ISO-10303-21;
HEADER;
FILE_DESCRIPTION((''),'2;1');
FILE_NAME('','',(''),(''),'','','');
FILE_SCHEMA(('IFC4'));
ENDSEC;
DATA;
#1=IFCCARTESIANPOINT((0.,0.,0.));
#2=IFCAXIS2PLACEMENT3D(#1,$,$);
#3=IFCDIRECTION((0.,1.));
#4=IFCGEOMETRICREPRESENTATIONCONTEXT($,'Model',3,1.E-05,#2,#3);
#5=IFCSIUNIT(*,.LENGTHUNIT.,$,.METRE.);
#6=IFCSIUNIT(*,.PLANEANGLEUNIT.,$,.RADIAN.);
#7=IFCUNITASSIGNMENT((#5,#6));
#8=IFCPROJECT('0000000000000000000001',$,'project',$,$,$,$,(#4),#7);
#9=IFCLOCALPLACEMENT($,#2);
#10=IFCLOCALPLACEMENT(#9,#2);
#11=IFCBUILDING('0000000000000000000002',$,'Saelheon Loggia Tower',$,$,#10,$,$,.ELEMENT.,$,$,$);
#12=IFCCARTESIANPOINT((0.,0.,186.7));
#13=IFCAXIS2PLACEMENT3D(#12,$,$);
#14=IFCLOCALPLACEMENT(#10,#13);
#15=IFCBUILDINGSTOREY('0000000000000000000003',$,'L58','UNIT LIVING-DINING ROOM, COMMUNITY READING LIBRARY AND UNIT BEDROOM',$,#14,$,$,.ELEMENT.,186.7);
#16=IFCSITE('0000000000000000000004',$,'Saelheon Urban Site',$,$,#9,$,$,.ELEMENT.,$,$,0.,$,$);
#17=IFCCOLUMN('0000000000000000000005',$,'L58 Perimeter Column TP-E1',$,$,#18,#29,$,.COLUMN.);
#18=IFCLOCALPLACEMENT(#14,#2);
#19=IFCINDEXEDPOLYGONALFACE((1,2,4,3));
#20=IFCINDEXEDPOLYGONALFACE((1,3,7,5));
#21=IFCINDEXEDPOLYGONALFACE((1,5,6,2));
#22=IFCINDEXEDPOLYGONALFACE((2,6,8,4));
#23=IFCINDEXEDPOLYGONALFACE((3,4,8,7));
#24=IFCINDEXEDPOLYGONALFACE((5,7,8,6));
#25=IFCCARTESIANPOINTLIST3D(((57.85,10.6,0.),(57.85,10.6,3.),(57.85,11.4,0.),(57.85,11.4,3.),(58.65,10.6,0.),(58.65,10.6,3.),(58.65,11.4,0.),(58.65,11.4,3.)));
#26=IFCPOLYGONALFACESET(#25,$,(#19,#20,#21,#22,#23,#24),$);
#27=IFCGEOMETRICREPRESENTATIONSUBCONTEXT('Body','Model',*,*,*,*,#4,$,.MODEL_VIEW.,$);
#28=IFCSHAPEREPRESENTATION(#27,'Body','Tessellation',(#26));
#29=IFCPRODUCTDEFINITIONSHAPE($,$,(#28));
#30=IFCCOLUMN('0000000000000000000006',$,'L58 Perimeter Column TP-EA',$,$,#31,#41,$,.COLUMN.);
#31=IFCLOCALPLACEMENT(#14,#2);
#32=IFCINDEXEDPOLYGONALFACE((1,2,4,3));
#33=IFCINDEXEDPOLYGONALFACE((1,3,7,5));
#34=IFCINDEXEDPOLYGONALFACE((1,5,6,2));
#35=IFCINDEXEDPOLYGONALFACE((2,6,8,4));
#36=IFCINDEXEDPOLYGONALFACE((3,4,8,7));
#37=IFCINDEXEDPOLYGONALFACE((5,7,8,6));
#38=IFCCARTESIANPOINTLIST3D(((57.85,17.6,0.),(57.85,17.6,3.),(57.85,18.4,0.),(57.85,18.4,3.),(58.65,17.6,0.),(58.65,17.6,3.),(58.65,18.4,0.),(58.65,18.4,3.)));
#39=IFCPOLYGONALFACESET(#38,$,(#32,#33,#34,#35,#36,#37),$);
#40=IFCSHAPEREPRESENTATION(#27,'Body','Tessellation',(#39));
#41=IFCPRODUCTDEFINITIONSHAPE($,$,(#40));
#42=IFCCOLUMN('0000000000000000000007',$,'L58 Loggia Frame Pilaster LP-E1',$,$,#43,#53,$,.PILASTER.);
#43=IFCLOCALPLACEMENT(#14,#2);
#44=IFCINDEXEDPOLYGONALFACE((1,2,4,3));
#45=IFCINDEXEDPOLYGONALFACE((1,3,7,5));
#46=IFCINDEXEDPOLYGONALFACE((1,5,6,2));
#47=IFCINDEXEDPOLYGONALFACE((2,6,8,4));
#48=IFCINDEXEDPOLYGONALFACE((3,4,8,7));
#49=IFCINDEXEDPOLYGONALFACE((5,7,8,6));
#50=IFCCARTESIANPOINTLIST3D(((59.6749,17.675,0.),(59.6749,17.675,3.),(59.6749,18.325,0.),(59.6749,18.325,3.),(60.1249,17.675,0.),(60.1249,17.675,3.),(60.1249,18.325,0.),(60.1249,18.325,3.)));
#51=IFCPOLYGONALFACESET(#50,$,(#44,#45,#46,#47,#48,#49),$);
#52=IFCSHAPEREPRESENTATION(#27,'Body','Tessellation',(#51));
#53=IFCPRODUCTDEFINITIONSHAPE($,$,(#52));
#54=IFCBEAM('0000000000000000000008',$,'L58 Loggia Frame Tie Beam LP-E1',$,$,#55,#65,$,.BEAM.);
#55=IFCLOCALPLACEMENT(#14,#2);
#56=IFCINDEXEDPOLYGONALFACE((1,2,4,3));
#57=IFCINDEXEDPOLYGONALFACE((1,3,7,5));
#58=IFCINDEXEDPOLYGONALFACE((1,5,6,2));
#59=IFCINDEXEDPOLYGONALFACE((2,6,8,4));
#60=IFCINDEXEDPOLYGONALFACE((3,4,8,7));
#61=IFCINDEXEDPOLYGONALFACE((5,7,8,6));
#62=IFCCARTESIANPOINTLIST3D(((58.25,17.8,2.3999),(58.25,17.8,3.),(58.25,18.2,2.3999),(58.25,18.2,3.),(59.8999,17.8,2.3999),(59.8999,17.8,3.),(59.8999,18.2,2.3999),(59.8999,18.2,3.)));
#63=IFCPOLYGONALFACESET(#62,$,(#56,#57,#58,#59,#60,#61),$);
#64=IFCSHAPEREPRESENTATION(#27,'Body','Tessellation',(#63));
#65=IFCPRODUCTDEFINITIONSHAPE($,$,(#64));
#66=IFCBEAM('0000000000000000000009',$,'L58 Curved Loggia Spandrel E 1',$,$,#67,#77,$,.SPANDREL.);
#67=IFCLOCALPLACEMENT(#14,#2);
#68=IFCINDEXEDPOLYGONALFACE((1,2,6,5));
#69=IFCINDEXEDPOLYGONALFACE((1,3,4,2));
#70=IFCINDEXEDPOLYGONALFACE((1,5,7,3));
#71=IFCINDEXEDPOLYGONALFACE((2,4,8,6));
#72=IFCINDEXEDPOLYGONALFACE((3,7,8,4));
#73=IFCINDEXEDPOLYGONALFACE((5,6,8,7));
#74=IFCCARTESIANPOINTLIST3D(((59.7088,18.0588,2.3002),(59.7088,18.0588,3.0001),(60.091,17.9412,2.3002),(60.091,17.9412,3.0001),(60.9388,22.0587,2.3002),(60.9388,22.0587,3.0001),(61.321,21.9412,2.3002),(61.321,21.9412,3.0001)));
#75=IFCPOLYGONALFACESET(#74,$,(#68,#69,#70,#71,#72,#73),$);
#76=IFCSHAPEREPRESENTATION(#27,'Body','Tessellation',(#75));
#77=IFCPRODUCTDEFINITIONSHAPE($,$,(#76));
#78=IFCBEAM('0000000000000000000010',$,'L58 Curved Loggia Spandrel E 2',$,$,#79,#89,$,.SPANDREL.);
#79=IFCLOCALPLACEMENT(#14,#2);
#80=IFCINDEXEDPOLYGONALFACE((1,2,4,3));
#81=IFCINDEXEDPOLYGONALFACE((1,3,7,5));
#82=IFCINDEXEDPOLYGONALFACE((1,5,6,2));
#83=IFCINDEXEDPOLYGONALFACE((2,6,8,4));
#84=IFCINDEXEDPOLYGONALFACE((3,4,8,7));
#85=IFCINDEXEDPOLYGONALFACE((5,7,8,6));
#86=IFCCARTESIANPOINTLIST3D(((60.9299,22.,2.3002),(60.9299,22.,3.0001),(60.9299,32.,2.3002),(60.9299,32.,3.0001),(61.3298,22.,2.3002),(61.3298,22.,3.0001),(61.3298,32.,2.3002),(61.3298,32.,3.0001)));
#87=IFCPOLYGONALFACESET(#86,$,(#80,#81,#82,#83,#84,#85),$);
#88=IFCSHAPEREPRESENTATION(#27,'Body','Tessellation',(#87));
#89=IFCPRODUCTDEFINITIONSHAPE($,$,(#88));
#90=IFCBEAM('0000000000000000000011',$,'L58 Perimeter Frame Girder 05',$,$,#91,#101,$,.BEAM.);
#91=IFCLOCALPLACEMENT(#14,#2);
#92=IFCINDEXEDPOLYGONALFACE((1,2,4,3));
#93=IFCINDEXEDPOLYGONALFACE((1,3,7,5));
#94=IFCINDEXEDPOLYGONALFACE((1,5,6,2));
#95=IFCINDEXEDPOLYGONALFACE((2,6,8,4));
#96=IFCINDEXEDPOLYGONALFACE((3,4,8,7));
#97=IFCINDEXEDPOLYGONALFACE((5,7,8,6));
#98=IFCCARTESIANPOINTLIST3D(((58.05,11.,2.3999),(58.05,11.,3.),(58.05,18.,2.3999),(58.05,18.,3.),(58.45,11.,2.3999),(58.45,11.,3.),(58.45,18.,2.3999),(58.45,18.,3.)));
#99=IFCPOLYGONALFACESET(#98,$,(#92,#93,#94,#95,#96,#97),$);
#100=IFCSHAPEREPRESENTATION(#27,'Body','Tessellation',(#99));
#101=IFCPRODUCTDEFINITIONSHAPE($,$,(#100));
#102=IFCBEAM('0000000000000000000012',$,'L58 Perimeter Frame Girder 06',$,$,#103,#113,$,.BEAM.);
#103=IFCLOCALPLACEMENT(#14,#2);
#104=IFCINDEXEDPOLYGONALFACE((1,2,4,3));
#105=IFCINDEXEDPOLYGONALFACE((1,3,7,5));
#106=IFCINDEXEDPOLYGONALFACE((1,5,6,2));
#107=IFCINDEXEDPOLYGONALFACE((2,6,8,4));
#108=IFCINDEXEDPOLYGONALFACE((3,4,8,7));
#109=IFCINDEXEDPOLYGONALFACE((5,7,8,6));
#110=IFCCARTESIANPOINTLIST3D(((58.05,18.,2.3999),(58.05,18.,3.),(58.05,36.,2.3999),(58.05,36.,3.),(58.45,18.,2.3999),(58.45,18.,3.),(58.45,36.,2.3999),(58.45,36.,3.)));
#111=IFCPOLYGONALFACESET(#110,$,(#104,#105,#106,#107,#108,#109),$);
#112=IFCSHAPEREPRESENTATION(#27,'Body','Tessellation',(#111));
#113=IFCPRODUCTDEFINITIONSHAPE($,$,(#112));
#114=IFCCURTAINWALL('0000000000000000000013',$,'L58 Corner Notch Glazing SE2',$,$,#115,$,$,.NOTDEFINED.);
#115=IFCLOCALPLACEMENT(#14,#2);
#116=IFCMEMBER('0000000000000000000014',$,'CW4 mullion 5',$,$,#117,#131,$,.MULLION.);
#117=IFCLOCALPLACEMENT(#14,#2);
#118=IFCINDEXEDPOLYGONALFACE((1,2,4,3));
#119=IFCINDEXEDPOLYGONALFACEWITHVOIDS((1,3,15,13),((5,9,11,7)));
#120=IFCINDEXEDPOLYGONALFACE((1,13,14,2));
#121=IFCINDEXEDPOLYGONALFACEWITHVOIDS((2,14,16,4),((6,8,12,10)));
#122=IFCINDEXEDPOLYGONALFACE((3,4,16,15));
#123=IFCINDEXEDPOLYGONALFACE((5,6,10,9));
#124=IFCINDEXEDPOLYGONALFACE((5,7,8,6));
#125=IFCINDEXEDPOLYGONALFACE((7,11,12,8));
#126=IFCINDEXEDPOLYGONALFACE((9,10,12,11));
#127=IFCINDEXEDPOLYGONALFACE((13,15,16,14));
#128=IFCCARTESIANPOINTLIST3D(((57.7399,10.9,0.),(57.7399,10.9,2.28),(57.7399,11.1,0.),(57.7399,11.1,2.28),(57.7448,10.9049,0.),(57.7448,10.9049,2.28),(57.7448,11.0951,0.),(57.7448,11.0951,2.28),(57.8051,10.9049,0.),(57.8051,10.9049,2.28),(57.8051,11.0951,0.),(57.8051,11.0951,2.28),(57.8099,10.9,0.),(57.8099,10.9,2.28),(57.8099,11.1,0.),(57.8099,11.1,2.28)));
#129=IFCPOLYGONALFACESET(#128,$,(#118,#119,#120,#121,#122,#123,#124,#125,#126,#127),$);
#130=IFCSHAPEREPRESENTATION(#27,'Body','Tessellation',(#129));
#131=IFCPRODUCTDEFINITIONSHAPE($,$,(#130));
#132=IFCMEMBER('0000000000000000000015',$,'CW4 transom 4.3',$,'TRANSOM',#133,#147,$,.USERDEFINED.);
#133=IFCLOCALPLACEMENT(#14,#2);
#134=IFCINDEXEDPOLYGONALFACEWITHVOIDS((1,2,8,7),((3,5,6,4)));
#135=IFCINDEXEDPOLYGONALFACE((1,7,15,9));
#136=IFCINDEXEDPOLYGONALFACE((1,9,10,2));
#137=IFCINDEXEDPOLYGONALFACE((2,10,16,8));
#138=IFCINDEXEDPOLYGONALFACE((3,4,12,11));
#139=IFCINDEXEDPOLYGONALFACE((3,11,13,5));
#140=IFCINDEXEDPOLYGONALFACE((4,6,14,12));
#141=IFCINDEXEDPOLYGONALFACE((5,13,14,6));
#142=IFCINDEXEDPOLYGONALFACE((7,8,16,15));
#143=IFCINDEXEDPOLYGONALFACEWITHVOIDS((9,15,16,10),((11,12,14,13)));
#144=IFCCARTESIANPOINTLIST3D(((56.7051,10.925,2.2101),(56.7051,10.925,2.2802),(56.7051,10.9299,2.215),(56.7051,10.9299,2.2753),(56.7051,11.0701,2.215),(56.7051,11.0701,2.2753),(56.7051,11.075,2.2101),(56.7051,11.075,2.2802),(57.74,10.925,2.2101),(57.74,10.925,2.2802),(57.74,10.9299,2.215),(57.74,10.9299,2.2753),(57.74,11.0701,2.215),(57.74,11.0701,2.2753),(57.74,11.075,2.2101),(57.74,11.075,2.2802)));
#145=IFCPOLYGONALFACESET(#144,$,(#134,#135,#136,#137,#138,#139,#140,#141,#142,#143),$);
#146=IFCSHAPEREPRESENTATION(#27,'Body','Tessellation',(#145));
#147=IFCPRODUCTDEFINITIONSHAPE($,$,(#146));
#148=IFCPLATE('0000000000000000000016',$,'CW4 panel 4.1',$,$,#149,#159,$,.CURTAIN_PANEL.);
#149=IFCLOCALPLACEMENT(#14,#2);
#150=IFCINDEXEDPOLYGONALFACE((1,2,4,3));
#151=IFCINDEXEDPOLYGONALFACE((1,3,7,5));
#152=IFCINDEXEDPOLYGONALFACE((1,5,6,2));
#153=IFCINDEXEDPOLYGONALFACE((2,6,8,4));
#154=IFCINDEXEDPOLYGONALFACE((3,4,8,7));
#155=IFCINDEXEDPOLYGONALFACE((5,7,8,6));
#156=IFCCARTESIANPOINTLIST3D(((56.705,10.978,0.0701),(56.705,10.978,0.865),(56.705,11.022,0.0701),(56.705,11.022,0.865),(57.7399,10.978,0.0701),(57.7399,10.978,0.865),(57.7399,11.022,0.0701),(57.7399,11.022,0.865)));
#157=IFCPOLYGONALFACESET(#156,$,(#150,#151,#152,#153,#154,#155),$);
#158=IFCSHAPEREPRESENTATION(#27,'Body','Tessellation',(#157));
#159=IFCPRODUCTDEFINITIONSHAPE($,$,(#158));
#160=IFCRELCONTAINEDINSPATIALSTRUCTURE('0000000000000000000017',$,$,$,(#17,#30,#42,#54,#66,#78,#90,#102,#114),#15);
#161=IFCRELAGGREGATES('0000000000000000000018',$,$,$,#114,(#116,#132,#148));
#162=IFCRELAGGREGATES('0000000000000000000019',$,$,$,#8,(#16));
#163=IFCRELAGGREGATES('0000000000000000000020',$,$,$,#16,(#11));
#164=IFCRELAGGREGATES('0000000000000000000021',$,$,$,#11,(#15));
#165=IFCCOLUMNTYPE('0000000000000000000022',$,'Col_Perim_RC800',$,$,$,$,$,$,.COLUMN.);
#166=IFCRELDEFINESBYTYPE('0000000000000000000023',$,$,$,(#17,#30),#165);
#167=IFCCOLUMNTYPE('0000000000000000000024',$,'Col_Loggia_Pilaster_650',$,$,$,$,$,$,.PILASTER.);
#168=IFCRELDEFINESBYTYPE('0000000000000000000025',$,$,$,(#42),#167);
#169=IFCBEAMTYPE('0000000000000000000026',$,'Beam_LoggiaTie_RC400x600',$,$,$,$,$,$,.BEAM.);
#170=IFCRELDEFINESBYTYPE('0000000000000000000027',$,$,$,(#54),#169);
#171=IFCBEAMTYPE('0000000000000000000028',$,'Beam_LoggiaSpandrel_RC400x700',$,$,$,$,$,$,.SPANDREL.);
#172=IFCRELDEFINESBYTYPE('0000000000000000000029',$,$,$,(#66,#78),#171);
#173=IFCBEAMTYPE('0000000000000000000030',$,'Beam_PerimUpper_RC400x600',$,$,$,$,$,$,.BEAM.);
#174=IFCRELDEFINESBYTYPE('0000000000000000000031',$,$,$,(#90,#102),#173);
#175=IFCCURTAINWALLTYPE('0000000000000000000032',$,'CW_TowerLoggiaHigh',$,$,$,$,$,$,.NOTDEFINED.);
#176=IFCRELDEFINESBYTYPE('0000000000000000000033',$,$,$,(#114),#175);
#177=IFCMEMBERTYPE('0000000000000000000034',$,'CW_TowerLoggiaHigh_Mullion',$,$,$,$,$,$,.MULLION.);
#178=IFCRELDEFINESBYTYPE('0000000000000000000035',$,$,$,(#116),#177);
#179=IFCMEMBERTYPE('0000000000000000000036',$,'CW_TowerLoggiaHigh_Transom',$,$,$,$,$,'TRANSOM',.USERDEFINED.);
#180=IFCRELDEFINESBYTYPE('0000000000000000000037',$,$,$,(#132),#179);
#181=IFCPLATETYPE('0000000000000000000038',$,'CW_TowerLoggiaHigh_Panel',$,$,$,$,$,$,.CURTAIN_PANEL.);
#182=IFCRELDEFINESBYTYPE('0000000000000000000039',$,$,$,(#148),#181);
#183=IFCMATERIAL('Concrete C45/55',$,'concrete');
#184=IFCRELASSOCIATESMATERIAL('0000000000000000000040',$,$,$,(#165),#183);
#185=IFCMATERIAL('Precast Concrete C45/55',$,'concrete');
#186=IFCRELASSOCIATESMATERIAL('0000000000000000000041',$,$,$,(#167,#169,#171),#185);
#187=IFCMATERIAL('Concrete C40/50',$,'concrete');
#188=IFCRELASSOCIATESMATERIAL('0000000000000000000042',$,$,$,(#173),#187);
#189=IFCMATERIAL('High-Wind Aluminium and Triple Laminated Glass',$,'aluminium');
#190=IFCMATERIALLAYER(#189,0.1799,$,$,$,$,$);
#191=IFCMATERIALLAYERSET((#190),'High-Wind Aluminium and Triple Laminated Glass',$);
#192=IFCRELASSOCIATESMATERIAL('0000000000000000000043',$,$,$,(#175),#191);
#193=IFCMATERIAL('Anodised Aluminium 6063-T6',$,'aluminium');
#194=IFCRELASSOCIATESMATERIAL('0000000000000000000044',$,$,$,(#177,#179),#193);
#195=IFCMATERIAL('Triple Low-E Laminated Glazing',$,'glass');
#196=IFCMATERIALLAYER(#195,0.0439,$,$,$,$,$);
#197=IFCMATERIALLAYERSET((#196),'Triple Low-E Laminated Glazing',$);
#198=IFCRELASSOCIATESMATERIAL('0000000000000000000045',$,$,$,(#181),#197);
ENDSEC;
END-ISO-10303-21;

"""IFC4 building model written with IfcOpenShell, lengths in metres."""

from ifc_helpers import new_model, si_unit, direction, frame, origin, origin_2d, place, context, subcontext, project, spatial, rectangle, hollow_rectangle, extrude, source, transform, mapped, material, layer, layer_set, material_profile, profile_set, type_object, element, aggregate, save


model = new_model("IFC4")

# Units and contexts
model_context = context("Model", 3, precision=1e-05, world=origin(), true_north=direction((0.0, 1.0)))
body_context = subcontext(model_context, "Body", "Model", "MODEL_VIEW")
ifc_project = project(units=[si_unit("LENGTHUNIT", "METRE"), si_unit("PLANEANGLEUNIT", "RADIAN")], contexts=[model_context])

# Site, building, storey
site_placement = place(None, origin())
site = spatial("IfcSite", under=ifc_project, at=site_placement, Name="Saelheon Urban Site", CompositionType="ELEMENT", RefElevation=0.0)
building_placement = place(site_placement, origin())
building = spatial("IfcBuilding", under=site, at=building_placement, Name="Saelheon Loggia Tower", CompositionType="ELEMENT")
storey_placement = place(building_placement, frame((0.0, 0.0, 186.7)))
storey = spatial("IfcBuildingStorey", under=building, at=storey_placement, Name="L58", Description="UNIT LIVING-DINING ROOM, COMMUNITY READING LIBRARY AND UNIT BEDROOM", CompositionType="ELEMENT", Elevation=186.7)

# Columns
ifc_material_1 = material(Name="Concrete C45/55", Category="concrete")
ifc_material_profile_1 = material_profile(ifc_material_1, rectangle(XDim=0.8, YDim=0.8, at=origin_2d()), Name="RC-800x800")
ifc_profile_set_1 = profile_set([ifc_material_profile_1], Name="Concrete C45/55")
column_type_1 = type_object("IfcColumnType", Name="Col_Perim_RC800", PredefinedType="COLUMN", material=ifc_profile_set_1)
shared_shape_1 = source(origin(), body_context, "Body", "SweptSolid", [
    extrude(rectangle(XDim=0.8, YDim=0.8, at=origin_2d()), origin(), (0.0, 0.0, 1.0), 3.0),
])
for number, where, z_axis, x_axis, name in (
    (1, (58.25, 11.0, 0.0), (0.0, 0.0, 1.0), (1.0, 0.0, 0.0), "L58 Perimeter Column TP-E1"),
    (2, (58.25, 18.0, 0.0), (0.0, 0.0, 1.0), (1.0, 0.0, 0.0), "L58 Perimeter Column TP-EA"),
):
    element("IfcColumn", number, at=place(storey_placement, frame(where, z_axis=z_axis, x_axis=x_axis)), inside=storey, type_object=column_type_1, Name=name, PredefinedType="COLUMN", context=body_context, shape_type="MappedRepresentation", body=[
        mapped(shared_shape_1, transform((0.0, 0.0, 0.0), scale=1.0)),
    ])
ifc_material_2 = material(Name="Precast Concrete C45/55", Category="concrete")
ifc_material_profile_2 = material_profile(ifc_material_2, rectangle(XDim=0.45, YDim=0.6499, at=origin_2d()), Name="RC-450x650")
ifc_profile_set_2 = profile_set([ifc_material_profile_2], Name="Precast Concrete C45/55")
column_type_2 = type_object("IfcColumnType", Name="Col_Loggia_Pilaster_650", PredefinedType="PILASTER", material=ifc_profile_set_2)
shared_shape_2 = source(origin(), body_context, "Body", "SweptSolid", [
    extrude(rectangle(XDim=0.45, YDim=0.6499, at=origin_2d()), origin(), (0.0, 0.0, 1.0), 3.0),
])
column_placement = place(storey_placement, frame((59.8999, 18.0, 0.0), z_axis=(0.0, 0.0, 1.0), x_axis=(1.0, 0.0, 0.0)))
element("IfcColumn", 3, at=column_placement, inside=storey, type_object=column_type_2, Name="L58 Loggia Frame Pilaster LP-E1", PredefinedType="PILASTER", context=body_context, shape_type="MappedRepresentation", body=[
    mapped(shared_shape_2, transform((0.0, 0.0, 0.0), scale=1.0)),
])

# Beams
ifc_material_profile_3 = material_profile(ifc_material_2, rectangle(XDim=0.3999, YDim=0.6001, at=origin_2d()), Name="RC-400x600")
ifc_profile_set_3 = profile_set([ifc_material_profile_3], Name="Precast Concrete C45/55")
beam_type_1 = type_object("IfcBeamType", Name="Beam_LoggiaTie_RC400x600", PredefinedType="BEAM", material=ifc_profile_set_3)
shared_shape_3 = source(origin(), body_context, "Body", "SweptSolid", [
    extrude(rectangle(XDim=0.3999, YDim=0.6001, at=origin_2d()), origin(), (0.0, 0.0, 1.0), 1.6499),
])
beam_1_placement = place(storey_placement, frame((58.25, 18.0, 2.7), z_axis=(1.0, 0.0, 0.0), x_axis=(0.0, 1.0, 0.0)))
element("IfcBeam", 4, at=beam_1_placement, inside=storey, type_object=beam_type_1, Name="L58 Loggia Frame Tie Beam LP-E1", PredefinedType="BEAM", context=body_context, shape_type="MappedRepresentation", body=[
    mapped(shared_shape_3, transform((0.0, 0.0, 0.0), scale=1.0)),
])
ifc_material_profile_4 = material_profile(ifc_material_2, rectangle(XDim=0.3999, YDim=0.7, at=origin_2d()), Name="RC-400x700")
ifc_profile_set_4 = profile_set([ifc_material_profile_4], Name="Precast Concrete C45/55")
beam_type_2 = type_object("IfcBeamType", Name="Beam_LoggiaSpandrel_RC400x700", PredefinedType="SPANDREL", material=ifc_profile_set_4)
shared_shape_4 = source(origin(), body_context, "Body", "SweptSolid", [
    extrude(rectangle(XDim=0.3999, YDim=0.7, at=origin_2d()), origin(), (0.0, 0.0, 1.0), 4.1848),
])
beam_2_placement = place(storey_placement, frame((59.8999, 18.0, 2.6501), z_axis=(0.293914, 0.955832, 0.0), x_axis=(-0.955832, 0.293914, 0.0)))
element("IfcBeam", 5, at=beam_2_placement, inside=storey, type_object=beam_type_2, Name="L58 Curved Loggia Spandrel E 1", PredefinedType="SPANDREL", context=body_context, shape_type="MappedRepresentation", body=[
    mapped(shared_shape_4, transform((0.0, 0.0, 0.0), scale=1.0)),
])
shared_shape_5 = source(origin(), body_context, "Body", "SweptSolid", [
    extrude(rectangle(XDim=0.3999, YDim=0.7, at=origin_2d()), origin(), (0.0, 0.0, 1.0), 10.0),
])
beam_3_placement = place(storey_placement, frame((61.1299, 22.0, 2.6501), z_axis=(0.0, 1.0, 0.0), x_axis=(-1.0, 0.0, 0.0)))
element("IfcBeam", 6, at=beam_3_placement, inside=storey, type_object=beam_type_2, Name="L58 Curved Loggia Spandrel E 2", PredefinedType="SPANDREL", context=body_context, shape_type="MappedRepresentation", body=[
    mapped(shared_shape_5, transform((0.0, 0.0, 0.0), scale=1.0)),
])
ifc_material_3 = material(Name="Concrete C40/50", Category="concrete")
ifc_material_profile_5 = material_profile(ifc_material_3, rectangle(XDim=0.3999, YDim=0.6001, at=origin_2d()), Name="RC-400x600")
ifc_profile_set_5 = profile_set([ifc_material_profile_5], Name="Concrete C40/50")
beam_type_3 = type_object("IfcBeamType", Name="Beam_PerimUpper_RC400x600", PredefinedType="BEAM", material=ifc_profile_set_5)
shared_shape_6 = source(origin(), body_context, "Body", "SweptSolid", [
    extrude(rectangle(XDim=0.3999, YDim=0.6001, at=origin_2d()), origin(), (0.0, 0.0, 1.0), 7.0),
])
beam_4_placement = place(storey_placement, frame((58.25, 11.0, 2.7), z_axis=(0.0, 1.0, 0.0), x_axis=(-1.0, 0.0, 0.0)))
element("IfcBeam", 7, at=beam_4_placement, inside=storey, type_object=beam_type_3, Name="L58 Perimeter Frame Girder 05", PredefinedType="BEAM", context=body_context, shape_type="MappedRepresentation", body=[
    mapped(shared_shape_6, transform((0.0, 0.0, 0.0), scale=1.0)),
])
shared_shape_7 = source(origin(), body_context, "Body", "SweptSolid", [
    extrude(rectangle(XDim=0.3999, YDim=0.6001, at=origin_2d()), origin(), (0.0, 0.0, 1.0), 18.0),
])
beam_5_placement = place(storey_placement, frame((58.25, 18.0, 2.7), z_axis=(0.0, 1.0, 0.0), x_axis=(-1.0, 0.0, 0.0)))
element("IfcBeam", 8, at=beam_5_placement, inside=storey, type_object=beam_type_3, Name="L58 Perimeter Frame Girder 06", PredefinedType="BEAM", context=body_context, shape_type="MappedRepresentation", body=[
    mapped(shared_shape_7, transform((0.0, 0.0, 0.0), scale=1.0)),
])

# Curtain wall, members, plate
ifc_material_4 = material(Name="High-Wind Aluminium and Triple Laminated Glass", Category="aluminium")
ifc_layer_1 = layer(ifc_material_4, 0.1799)
ifc_layer_set_1 = layer_set([ifc_layer_1], Name="High-Wind Aluminium and Triple Laminated Glass")
curtain_wall_type = type_object("IfcCurtainWallType", Name="CW_TowerLoggiaHigh", PredefinedType="NOTDEFINED", material=ifc_layer_set_1)
curtain_wall_placement = place(storey_placement, origin())
curtain_wall = element("IfcCurtainWall", 9, at=curtain_wall_placement, inside=storey, type_object=curtain_wall_type, Name="L58 Corner Notch Glazing SE2", PredefinedType="NOTDEFINED")
ifc_material_5 = material(Name="Anodised Aluminium 6063-T6", Category="aluminium")
ifc_material_profile_6 = material_profile(ifc_material_5, hollow_rectangle(XDim=0.0701, YDim=0.2, WallThickness=0.0049, at=origin_2d()), Name="RHS-200x70x5")
ifc_profile_set_6 = profile_set([ifc_material_profile_6], Name="Anodised Aluminium 6063-T6")
member_type_1 = type_object("IfcMemberType", Name="CW_TowerLoggiaHigh_Mullion", PredefinedType="MULLION", material=ifc_profile_set_6)
shared_shape_8 = source(origin(), body_context, "Body", "SweptSolid", [
    extrude(hollow_rectangle(XDim=0.0701, YDim=0.2, WallThickness=0.0049, at=origin_2d()), origin(), (0.0, 0.0, 1.0), 2.28),
])
member_1_placement = place(storey_placement, frame((57.7749, 11.0, 0.0), z_axis=(0.0, 0.0, 1.0), x_axis=(1.0, 0.0, 0.0)))
member_1 = element("IfcMember", 10, at=member_1_placement, type_object=member_type_1, Name="CW4 mullion 5", PredefinedType="MULLION", context=body_context, shape_type="MappedRepresentation", body=[
    mapped(shared_shape_8, transform((0.0, 0.0, 0.0), scale=1.0)),
])
ifc_material_profile_7 = material_profile(ifc_material_5, hollow_rectangle(XDim=0.0701, YDim=0.1499, WallThickness=0.0049, at=origin_2d()), Name="RHS-150x70x5")
ifc_profile_set_7 = profile_set([ifc_material_profile_7], Name="Anodised Aluminium 6063-T6")
member_type_2 = type_object("IfcMemberType", Name="CW_TowerLoggiaHigh_Transom", ElementType="TRANSOM", PredefinedType="USERDEFINED", material=ifc_profile_set_7)
shared_shape_9 = source(origin(), body_context, "Body", "SweptSolid", [
    extrude(hollow_rectangle(XDim=0.0701, YDim=0.1499, WallThickness=0.0049, at=origin_2d()), origin(), (0.0, 0.0, 1.0), 1.0349),
])
member_2_placement = place(storey_placement, frame((56.7051, 11.0, 2.2451), z_axis=(1.0, 0.0, 0.0), x_axis=(0.0, 0.0, 1.0)))
member_2 = element("IfcMember", 11, at=member_2_placement, type_object=member_type_2, Name="CW4 transom 4.3", ObjectType="TRANSOM", PredefinedType="USERDEFINED", context=body_context, shape_type="MappedRepresentation", body=[
    mapped(shared_shape_9, transform((0.0, 0.0, 0.0), scale=1.0)),
])
ifc_material_6 = material(Name="Triple Low-E Laminated Glazing", Category="glass")
ifc_layer_2 = layer(ifc_material_6, 0.0439)
ifc_layer_set_2 = layer_set([ifc_layer_2], Name="Triple Low-E Laminated Glazing")
plate_type = type_object("IfcPlateType", Name="CW_TowerLoggiaHigh_Panel", PredefinedType="CURTAIN_PANEL", material=ifc_layer_set_2)
shared_shape_10 = source(origin(), body_context, "Body", "SweptSolid", [
    extrude(rectangle(XDim=1.0349, YDim=0.0439, at=origin_2d()), origin(), (0.0, 0.0, 1.0), 0.7949),
])
plate_1_placement = place(storey_placement, frame((57.2224, 11.0, 0.0701), z_axis=(0.0, 0.0, 1.0), x_axis=(1.0, 0.0, 0.0)))
plate_1 = element("IfcPlate", 12, at=plate_1_placement, type_object=plate_type, Name="CW4 panel 4.1", PredefinedType="CURTAIN_PANEL", context=body_context, shape_type="MappedRepresentation", body=[
    mapped(shared_shape_10, transform((0.0, 0.0, 0.0), scale=1.0)),
])
aggregate(curtain_wall, [member_1, member_2, plate_1])

save(model, "model.ifc")
